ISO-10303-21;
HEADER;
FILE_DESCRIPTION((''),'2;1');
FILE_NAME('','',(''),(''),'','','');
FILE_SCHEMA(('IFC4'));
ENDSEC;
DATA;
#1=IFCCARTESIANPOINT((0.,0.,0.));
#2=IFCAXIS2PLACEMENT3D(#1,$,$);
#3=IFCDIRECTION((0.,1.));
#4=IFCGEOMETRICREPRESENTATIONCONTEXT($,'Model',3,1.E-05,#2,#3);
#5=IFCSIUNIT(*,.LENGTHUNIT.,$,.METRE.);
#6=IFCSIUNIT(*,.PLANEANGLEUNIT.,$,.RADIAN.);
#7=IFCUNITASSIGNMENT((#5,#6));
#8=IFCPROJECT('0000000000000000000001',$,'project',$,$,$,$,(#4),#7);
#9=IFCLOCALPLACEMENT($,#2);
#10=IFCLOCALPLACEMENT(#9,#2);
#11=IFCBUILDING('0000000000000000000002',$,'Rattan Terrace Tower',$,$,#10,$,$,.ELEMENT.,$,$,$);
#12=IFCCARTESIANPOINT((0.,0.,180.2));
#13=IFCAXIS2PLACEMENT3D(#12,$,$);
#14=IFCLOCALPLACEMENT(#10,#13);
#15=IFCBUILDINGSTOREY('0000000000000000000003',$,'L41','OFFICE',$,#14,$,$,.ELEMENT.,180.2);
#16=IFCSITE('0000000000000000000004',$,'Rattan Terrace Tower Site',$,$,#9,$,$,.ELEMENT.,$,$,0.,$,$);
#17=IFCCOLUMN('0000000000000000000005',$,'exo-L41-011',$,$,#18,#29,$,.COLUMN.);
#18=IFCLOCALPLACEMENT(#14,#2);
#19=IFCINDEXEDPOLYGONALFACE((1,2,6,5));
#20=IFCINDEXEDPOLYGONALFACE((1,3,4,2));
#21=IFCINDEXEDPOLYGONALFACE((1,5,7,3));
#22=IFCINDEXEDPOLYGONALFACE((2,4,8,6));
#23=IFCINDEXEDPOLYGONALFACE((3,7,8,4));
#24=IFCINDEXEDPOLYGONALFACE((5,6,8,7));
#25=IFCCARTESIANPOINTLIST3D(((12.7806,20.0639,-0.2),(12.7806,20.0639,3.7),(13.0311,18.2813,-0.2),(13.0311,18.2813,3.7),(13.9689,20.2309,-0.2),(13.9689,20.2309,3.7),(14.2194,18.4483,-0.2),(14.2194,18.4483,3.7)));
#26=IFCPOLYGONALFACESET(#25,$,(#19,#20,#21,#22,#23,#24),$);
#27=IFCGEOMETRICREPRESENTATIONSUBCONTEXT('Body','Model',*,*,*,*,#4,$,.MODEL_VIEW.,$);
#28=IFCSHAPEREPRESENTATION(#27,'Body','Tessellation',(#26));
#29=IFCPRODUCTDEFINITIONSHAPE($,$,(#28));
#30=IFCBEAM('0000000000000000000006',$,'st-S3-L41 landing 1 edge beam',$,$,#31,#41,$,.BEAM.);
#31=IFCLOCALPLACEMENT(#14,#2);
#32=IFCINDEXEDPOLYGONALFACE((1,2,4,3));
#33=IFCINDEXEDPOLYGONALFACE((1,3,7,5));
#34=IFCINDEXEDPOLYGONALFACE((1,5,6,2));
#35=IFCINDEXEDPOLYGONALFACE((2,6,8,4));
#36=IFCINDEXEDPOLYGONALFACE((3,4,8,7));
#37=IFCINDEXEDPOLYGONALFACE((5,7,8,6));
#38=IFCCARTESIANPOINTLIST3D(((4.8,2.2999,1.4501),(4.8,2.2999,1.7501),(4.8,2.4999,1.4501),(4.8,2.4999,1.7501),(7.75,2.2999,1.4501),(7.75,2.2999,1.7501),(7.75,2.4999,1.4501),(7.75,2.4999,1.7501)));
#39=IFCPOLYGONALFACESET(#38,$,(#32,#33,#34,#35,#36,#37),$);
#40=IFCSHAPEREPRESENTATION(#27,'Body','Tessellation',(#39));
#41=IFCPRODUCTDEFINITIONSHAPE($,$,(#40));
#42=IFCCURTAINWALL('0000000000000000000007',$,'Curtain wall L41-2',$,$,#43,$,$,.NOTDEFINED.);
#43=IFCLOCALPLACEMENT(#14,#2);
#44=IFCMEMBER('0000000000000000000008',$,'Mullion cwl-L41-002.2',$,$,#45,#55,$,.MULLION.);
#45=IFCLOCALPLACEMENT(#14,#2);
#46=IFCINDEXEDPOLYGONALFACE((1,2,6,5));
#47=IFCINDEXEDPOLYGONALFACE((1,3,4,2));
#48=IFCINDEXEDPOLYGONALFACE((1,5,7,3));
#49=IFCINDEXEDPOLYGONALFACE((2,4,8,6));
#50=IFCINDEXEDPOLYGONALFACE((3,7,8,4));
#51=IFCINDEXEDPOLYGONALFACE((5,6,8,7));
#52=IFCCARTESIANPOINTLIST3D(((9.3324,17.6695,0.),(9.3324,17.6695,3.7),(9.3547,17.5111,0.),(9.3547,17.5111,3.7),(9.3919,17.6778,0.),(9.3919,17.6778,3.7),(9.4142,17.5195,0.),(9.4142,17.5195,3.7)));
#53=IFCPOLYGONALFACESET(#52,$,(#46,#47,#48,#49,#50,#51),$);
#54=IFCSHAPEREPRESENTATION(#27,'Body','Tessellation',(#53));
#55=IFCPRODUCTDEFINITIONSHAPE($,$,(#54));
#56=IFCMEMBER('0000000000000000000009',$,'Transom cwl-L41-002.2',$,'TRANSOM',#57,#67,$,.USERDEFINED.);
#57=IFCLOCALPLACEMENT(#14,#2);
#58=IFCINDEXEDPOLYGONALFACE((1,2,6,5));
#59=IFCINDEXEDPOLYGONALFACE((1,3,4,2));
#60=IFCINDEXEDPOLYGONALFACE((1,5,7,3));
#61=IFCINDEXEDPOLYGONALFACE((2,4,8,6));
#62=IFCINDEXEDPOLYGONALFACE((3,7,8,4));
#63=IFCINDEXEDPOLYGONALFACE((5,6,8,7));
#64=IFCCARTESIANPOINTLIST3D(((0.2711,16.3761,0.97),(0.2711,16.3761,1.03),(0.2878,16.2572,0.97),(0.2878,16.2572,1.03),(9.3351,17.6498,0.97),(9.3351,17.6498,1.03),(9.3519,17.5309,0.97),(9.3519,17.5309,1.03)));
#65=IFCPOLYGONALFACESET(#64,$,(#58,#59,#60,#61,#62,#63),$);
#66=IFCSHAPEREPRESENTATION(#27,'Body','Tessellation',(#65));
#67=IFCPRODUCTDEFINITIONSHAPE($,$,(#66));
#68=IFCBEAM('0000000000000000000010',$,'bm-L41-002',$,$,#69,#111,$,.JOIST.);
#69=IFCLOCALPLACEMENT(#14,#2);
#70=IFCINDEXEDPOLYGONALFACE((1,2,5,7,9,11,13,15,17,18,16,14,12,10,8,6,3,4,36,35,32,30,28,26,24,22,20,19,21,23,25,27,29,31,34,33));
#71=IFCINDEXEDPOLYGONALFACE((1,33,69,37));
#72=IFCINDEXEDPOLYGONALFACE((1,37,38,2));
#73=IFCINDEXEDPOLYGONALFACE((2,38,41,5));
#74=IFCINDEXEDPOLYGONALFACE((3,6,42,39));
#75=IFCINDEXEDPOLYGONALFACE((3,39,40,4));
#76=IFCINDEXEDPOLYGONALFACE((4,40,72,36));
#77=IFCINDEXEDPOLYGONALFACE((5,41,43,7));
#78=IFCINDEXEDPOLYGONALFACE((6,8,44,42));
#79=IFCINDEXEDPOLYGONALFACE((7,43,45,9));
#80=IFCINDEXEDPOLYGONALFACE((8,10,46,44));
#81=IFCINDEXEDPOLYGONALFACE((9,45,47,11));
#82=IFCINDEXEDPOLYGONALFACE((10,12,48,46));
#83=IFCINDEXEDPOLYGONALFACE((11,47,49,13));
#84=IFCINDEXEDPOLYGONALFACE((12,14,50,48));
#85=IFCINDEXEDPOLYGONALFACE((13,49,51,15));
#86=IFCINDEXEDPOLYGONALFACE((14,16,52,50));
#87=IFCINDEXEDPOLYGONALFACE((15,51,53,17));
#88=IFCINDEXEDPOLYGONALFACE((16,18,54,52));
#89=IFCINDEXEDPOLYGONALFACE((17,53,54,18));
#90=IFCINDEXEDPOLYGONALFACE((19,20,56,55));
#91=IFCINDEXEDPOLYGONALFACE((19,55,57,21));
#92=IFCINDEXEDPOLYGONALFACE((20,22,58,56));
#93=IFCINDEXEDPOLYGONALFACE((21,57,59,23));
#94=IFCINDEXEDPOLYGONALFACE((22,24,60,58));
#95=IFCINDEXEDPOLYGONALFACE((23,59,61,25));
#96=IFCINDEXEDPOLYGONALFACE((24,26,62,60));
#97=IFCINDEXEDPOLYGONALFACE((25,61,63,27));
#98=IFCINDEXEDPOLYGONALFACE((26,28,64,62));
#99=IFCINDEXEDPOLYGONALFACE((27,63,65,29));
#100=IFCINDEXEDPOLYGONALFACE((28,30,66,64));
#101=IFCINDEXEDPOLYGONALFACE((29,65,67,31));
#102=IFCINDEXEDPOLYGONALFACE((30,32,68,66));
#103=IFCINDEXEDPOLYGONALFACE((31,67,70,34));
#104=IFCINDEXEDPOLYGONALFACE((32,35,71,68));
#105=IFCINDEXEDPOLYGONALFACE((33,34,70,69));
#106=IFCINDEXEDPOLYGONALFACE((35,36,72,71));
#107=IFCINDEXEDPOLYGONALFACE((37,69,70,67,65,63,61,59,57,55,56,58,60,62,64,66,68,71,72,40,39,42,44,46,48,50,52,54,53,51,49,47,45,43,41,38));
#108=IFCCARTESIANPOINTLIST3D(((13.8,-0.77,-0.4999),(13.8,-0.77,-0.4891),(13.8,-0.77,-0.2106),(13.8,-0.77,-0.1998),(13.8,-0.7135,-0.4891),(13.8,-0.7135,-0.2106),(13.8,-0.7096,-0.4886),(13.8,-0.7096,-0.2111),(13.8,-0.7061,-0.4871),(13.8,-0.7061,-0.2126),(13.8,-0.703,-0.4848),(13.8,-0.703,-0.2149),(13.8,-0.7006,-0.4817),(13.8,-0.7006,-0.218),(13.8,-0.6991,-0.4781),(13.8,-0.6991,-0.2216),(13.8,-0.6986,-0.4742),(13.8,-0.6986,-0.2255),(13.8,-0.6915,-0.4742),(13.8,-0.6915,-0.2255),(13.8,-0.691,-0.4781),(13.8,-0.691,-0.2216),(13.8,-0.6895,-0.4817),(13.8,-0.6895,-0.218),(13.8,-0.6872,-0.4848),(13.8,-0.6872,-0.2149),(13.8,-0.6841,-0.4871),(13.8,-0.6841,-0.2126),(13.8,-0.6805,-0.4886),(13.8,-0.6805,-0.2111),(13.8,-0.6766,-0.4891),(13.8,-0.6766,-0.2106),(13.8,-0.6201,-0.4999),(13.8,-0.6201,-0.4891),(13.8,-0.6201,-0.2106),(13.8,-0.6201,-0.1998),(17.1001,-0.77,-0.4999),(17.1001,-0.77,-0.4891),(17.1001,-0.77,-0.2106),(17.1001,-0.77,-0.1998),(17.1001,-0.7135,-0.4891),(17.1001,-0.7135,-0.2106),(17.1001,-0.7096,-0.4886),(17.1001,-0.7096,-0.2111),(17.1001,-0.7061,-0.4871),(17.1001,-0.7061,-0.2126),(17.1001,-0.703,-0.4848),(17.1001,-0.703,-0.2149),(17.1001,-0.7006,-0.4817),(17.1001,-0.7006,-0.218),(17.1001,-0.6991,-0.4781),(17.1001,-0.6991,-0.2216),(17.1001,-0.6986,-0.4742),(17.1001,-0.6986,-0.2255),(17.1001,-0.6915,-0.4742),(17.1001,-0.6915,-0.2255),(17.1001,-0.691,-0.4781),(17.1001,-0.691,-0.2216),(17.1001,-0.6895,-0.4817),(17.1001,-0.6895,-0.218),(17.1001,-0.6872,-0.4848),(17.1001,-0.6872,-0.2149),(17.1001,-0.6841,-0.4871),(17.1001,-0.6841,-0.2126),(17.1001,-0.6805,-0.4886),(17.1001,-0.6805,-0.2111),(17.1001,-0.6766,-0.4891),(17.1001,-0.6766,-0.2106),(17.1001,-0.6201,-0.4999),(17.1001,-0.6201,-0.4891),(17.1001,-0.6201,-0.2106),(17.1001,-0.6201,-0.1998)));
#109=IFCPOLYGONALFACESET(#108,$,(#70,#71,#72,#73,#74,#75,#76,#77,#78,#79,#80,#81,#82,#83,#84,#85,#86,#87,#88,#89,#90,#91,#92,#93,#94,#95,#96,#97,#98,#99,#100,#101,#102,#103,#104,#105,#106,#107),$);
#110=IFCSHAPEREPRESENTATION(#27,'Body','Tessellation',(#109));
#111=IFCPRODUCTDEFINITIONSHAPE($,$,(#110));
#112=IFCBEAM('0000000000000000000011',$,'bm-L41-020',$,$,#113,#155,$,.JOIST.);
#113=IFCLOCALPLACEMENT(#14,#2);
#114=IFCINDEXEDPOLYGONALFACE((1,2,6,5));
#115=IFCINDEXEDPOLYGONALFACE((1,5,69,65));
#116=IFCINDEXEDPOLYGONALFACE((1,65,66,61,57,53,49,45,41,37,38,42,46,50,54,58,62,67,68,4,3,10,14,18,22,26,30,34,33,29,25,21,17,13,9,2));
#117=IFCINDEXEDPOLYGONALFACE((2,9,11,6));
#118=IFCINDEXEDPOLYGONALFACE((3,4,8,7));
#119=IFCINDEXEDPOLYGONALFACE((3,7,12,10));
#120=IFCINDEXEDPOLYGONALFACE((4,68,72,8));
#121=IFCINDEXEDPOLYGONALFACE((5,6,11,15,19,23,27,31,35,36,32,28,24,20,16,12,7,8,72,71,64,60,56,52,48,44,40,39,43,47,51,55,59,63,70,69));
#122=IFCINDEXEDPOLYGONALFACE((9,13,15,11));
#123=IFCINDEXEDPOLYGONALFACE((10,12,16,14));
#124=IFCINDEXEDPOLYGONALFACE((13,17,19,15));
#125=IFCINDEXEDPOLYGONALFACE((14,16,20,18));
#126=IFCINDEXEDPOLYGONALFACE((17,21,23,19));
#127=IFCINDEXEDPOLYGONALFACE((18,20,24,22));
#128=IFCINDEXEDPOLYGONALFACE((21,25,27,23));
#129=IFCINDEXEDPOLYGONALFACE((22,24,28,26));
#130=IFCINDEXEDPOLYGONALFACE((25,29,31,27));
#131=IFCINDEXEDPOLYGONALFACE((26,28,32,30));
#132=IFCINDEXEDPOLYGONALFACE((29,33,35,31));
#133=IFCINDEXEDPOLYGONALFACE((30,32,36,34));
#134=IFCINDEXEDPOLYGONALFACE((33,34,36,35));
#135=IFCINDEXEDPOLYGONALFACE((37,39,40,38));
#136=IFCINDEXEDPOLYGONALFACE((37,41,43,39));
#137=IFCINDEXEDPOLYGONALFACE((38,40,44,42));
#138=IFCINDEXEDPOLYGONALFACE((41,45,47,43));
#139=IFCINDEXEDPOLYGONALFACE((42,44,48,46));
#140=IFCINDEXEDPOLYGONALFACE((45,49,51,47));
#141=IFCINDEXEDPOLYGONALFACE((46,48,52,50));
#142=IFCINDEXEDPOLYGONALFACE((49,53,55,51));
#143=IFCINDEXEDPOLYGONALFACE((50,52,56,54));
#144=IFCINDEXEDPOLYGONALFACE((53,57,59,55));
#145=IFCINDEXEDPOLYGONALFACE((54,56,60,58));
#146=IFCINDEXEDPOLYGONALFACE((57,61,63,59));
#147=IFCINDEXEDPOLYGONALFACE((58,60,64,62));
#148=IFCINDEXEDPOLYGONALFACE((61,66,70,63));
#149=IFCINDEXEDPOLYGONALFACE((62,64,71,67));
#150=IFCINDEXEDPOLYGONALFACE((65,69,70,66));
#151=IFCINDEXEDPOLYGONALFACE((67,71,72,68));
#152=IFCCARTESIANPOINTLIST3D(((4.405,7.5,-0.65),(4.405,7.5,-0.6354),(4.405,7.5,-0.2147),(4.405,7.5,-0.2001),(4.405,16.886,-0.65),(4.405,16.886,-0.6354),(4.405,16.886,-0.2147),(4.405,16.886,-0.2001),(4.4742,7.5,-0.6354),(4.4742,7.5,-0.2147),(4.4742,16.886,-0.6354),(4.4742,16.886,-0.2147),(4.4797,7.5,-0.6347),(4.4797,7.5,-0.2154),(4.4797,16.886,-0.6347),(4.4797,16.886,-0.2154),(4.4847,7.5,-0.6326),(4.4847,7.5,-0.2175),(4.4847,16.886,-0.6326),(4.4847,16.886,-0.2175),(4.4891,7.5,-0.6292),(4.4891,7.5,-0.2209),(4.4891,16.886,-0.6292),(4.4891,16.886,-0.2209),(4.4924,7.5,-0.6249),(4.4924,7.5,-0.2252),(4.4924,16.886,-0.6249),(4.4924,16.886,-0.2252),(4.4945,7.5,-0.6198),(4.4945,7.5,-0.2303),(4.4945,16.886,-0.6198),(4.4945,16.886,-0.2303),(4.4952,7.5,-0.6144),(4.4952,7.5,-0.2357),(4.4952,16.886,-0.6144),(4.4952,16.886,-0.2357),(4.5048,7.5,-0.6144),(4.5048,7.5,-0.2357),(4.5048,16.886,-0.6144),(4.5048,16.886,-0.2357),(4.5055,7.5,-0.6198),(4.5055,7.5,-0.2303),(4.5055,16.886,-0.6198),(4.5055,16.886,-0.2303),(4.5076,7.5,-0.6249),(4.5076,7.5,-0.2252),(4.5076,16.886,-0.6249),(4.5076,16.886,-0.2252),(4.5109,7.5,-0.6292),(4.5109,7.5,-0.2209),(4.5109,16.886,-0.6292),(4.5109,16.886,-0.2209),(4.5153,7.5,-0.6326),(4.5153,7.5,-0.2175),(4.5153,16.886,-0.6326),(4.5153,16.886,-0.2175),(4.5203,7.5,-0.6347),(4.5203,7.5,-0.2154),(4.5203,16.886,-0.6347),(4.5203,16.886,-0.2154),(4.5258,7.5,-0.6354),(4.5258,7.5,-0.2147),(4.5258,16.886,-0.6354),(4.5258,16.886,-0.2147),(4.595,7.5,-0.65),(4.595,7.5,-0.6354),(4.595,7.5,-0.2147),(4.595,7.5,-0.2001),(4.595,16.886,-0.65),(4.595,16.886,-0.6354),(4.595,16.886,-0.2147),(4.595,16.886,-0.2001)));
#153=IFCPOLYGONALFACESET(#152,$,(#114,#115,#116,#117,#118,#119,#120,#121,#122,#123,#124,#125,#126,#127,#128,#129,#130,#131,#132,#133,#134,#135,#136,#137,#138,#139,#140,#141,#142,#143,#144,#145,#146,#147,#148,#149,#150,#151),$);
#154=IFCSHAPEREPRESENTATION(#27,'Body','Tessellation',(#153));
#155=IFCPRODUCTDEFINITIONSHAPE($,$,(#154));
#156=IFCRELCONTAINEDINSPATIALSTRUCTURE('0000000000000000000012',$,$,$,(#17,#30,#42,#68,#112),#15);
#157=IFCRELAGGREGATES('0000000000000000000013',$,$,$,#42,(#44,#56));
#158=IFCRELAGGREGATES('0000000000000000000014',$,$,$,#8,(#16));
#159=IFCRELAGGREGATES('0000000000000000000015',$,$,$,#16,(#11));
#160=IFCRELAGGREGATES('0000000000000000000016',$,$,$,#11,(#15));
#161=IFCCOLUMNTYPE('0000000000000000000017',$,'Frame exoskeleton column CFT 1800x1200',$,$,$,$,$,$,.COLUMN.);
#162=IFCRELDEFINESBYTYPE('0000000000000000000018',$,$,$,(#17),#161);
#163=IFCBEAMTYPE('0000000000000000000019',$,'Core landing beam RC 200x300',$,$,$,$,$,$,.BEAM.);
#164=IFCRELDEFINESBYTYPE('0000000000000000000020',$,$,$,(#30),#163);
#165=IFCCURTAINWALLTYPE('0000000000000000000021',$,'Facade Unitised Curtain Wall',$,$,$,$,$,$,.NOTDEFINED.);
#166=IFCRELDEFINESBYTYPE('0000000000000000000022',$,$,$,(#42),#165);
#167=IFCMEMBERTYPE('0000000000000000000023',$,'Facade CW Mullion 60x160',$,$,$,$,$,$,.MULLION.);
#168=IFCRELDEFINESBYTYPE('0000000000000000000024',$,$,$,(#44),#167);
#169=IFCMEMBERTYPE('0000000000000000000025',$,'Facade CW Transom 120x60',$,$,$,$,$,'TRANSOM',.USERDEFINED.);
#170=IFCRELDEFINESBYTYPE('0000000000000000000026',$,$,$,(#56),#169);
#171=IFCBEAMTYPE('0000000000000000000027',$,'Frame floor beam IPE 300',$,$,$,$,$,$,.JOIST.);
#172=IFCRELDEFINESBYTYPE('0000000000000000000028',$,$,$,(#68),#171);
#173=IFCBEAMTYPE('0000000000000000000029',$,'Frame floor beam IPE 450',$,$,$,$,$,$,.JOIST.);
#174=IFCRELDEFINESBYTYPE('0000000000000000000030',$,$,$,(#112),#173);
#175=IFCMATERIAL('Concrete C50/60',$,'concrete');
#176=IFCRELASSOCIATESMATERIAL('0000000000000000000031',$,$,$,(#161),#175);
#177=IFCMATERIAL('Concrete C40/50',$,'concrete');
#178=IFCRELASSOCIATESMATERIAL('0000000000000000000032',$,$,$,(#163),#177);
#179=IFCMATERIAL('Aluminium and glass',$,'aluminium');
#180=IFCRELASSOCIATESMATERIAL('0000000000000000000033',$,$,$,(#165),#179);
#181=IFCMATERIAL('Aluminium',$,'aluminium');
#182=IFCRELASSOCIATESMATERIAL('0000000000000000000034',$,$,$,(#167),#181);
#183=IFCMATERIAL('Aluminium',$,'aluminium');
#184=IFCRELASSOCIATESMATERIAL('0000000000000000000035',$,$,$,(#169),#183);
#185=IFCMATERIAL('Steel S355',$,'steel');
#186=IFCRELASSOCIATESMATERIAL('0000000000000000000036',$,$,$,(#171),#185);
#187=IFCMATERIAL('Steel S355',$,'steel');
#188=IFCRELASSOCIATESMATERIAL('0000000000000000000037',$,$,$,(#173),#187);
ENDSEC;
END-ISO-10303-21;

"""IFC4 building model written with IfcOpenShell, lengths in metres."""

from ifc_helpers import new_model, si_unit, direction, frame, origin, origin_2d, place, context, subcontext, project, spatial, rectangle, i_section, extrude, material, material_profile, profile_set, type_object, element, aggregate, save


model = new_model("IFC4")

# Units and contexts
model_context = context("Model", 3, precision=1e-05, world=origin(), true_north=direction((0.0, 1.0)))
body_context = subcontext(model_context, "Body", "Model", "MODEL_VIEW")
ifc_project = project(units=[si_unit("LENGTHUNIT", "METRE"), si_unit("PLANEANGLEUNIT", "RADIAN")], contexts=[model_context])

# Site, building, storey
site_placement = place(None, origin())
site = spatial("IfcSite", under=ifc_project, at=site_placement, Name="Rattan Terrace Tower Site", CompositionType="ELEMENT", RefElevation=0.0)
building_placement = place(site_placement, origin())
building = spatial("IfcBuilding", under=site, at=building_placement, Name="Rattan Terrace Tower", CompositionType="ELEMENT")
storey_placement = place(building_placement, frame((0.0, 0.0, 180.2)))
storey = spatial("IfcBuildingStorey", under=building, at=storey_placement, Name="L41", Description="OFFICE", CompositionType="ELEMENT", Elevation=180.2)

# Column
ifc_material_1 = material(Name="Concrete C50/60", Category="concrete")
ifc_material_profile_1 = material_profile(ifc_material_1, rectangle(XDim=1.2, YDim=1.8, at=origin_2d()), Name="CFT 1800x1200")
ifc_profile_set_1 = profile_set([ifc_material_profile_1], Name="Concrete C50/60")
column_type = type_object("IfcColumnType", Name="Frame exoskeleton column CFT 1800x1200", PredefinedType="COLUMN", material=ifc_profile_set_1)
column_placement = place(storey_placement, frame((13.5, 19.2561, -0.2), z_axis=(0.0, 0.0, 1.0), x_axis=(0.99027, 0.139156, 0.0)))
element("IfcColumn", 1, at=column_placement, inside=storey, type_object=column_type, Name="exo-L41-011", PredefinedType="COLUMN", context=body_context, shape_type="SweptSolid", body=[
    extrude(rectangle(XDim=1.2, YDim=1.8, at=origin_2d()), origin(), (0.0, 0.0, 1.0), 3.8999),
])

# Beam
ifc_material_2 = material(Name="Concrete C40/50", Category="concrete")
ifc_material_profile_2 = material_profile(ifc_material_2, rectangle(XDim=0.2, YDim=0.3, at=origin_2d()), Name="RC 200x300")
ifc_profile_set_2 = profile_set([ifc_material_profile_2], Name="Concrete C40/50")
beam_type_1 = type_object("IfcBeamType", Name="Core landing beam RC 200x300", PredefinedType="BEAM", material=ifc_profile_set_2)
beam_1_placement = place(storey_placement, frame((4.8, 2.3999, 1.6001), z_axis=(1.0, 0.0, 0.0), x_axis=(0.0, 1.0, 0.0)))
element("IfcBeam", 2, at=beam_1_placement, inside=storey, type_object=beam_type_1, Name="st-S3-L41 landing 1 edge beam", PredefinedType="BEAM", context=body_context, shape_type="SweptSolid", body=[
    extrude(rectangle(XDim=0.2, YDim=0.3, at=origin_2d()), origin(), (0.0, 0.0, 1.0), 2.95),
])

# Curtain wall, members
ifc_material_3 = material(Name="Aluminium and glass", Category="aluminium")
curtain_wall_type = type_object("IfcCurtainWallType", Name="Facade Unitised Curtain Wall", PredefinedType="NOTDEFINED", material=ifc_material_3)
curtain_wall_placement = place(storey_placement, origin())
curtain_wall = element("IfcCurtainWall", 3, at=curtain_wall_placement, inside=storey, type_object=curtain_wall_type, Name="Curtain wall L41-2", PredefinedType="NOTDEFINED")
ifc_material_4 = material(Name="Aluminium", Category="aluminium")
ifc_material_profile_3 = material_profile(ifc_material_4, rectangle(XDim=0.0601, YDim=0.1599, at=origin_2d()), Name="Aluminium 60x160")
ifc_profile_set_3 = profile_set([ifc_material_profile_3], Name="Aluminium")
member_type_1 = type_object("IfcMemberType", Name="Facade CW Mullion 60x160", PredefinedType="MULLION", material=ifc_profile_set_3)
member_1_placement = place(storey_placement, frame((9.3733, 17.5945, 0.0), z_axis=(0.0, 0.0, 1.0), x_axis=(-0.99027, -0.139161, 0.0)))
member_1 = element("IfcMember", 4, at=member_1_placement, type_object=member_type_1, Name="Mullion cwl-L41-002.2", PredefinedType="MULLION", context=body_context, shape_type="SweptSolid", body=[
    extrude(rectangle(XDim=0.0601, YDim=0.1599, at=origin_2d()), origin(), (0.0, 0.0, 1.0), 3.7),
])
ifc_material_5 = material(Name="Aluminium", Category="aluminium")
ifc_material_profile_4 = material_profile(ifc_material_5, rectangle(XDim=0.1201, YDim=0.0601, at=origin_2d()), Name="Aluminium 120x60")
ifc_profile_set_4 = profile_set([ifc_material_profile_4], Name="Aluminium")
member_type_2 = type_object("IfcMemberType", Name="Facade CW Transom 120x60", ElementType="TRANSOM", PredefinedType="USERDEFINED", material=ifc_profile_set_4)
member_2_placement = place(storey_placement, frame((9.3435, 17.5903, 1.0), z_axis=(-0.990271, -0.139154, 0.0), x_axis=(0.139154, -0.990271, 0.0)))
member_2 = element("IfcMember", 5, at=member_2_placement, type_object=member_type_2, Name="Transom cwl-L41-002.2", ObjectType="TRANSOM", PredefinedType="USERDEFINED", context=body_context, shape_type="SweptSolid", body=[
    extrude(rectangle(XDim=0.1201, YDim=0.0601, at=origin_2d()), origin(), (0.0, 0.0, 1.0), 9.1531),
])

# Beams
ifc_material_6 = material(Name="Steel S355", Category="steel")
ifc_material_profile_5 = material_profile(ifc_material_6, i_section(OverallWidth=0.1499, OverallDepth=0.3, WebThickness=0.0071, FlangeThickness=0.0107, FilletRadius=0.0149, at=origin_2d()), Name="IPE 300")
ifc_profile_set_5 = profile_set([ifc_material_profile_5], Name="Steel S355")
beam_type_2 = type_object("IfcBeamType", Name="Frame floor beam IPE 300", PredefinedType="JOIST", material=ifc_profile_set_5)
beam_2_placement = place(storey_placement, frame((13.8, -0.6951, -0.3499), z_axis=(1.0, 0.0, 0.0), x_axis=(0.0, 1.0, 0.0)))
element("IfcBeam", 6, at=beam_2_placement, inside=storey, type_object=beam_type_2, Name="bm-L41-002", PredefinedType="JOIST", context=body_context, shape_type="SweptSolid", body=[
    extrude(i_section(OverallWidth=0.1499, OverallDepth=0.3, WebThickness=0.0071, FlangeThickness=0.0107, FilletRadius=0.0149, at=origin_2d()), origin(), (0.0, 0.0, 1.0), 3.3),
])
ifc_material_7 = material(Name="Steel S355", Category="steel")
ifc_material_profile_6 = material_profile(ifc_material_7, i_section(OverallWidth=0.1899, OverallDepth=0.45, WebThickness=0.0095, FlangeThickness=0.0146, FilletRadius=0.021, at=origin_2d()), Name="IPE 450")
ifc_profile_set_6 = profile_set([ifc_material_profile_6], Name="Steel S355")
beam_type_3 = type_object("IfcBeamType", Name="Frame floor beam IPE 450", PredefinedType="JOIST", material=ifc_profile_set_6)
beam_3_placement = place(storey_placement, frame((4.5, 7.5, -0.425), z_axis=(0.0, 1.0, 0.0), x_axis=(-1.0, 0.0, 0.0)))
element("IfcBeam", 7, at=beam_3_placement, inside=storey, type_object=beam_type_3, Name="bm-L41-020", PredefinedType="JOIST", context=body_context, shape_type="SweptSolid", body=[
    extrude(i_section(OverallWidth=0.1899, OverallDepth=0.45, WebThickness=0.0095, FlangeThickness=0.0146, FilletRadius=0.021, at=origin_2d()), origin(), (0.0, 0.0, 1.0), 9.386),
])

aggregate(curtain_wall, [member_1, member_2])

save(model, "model.ifc")
